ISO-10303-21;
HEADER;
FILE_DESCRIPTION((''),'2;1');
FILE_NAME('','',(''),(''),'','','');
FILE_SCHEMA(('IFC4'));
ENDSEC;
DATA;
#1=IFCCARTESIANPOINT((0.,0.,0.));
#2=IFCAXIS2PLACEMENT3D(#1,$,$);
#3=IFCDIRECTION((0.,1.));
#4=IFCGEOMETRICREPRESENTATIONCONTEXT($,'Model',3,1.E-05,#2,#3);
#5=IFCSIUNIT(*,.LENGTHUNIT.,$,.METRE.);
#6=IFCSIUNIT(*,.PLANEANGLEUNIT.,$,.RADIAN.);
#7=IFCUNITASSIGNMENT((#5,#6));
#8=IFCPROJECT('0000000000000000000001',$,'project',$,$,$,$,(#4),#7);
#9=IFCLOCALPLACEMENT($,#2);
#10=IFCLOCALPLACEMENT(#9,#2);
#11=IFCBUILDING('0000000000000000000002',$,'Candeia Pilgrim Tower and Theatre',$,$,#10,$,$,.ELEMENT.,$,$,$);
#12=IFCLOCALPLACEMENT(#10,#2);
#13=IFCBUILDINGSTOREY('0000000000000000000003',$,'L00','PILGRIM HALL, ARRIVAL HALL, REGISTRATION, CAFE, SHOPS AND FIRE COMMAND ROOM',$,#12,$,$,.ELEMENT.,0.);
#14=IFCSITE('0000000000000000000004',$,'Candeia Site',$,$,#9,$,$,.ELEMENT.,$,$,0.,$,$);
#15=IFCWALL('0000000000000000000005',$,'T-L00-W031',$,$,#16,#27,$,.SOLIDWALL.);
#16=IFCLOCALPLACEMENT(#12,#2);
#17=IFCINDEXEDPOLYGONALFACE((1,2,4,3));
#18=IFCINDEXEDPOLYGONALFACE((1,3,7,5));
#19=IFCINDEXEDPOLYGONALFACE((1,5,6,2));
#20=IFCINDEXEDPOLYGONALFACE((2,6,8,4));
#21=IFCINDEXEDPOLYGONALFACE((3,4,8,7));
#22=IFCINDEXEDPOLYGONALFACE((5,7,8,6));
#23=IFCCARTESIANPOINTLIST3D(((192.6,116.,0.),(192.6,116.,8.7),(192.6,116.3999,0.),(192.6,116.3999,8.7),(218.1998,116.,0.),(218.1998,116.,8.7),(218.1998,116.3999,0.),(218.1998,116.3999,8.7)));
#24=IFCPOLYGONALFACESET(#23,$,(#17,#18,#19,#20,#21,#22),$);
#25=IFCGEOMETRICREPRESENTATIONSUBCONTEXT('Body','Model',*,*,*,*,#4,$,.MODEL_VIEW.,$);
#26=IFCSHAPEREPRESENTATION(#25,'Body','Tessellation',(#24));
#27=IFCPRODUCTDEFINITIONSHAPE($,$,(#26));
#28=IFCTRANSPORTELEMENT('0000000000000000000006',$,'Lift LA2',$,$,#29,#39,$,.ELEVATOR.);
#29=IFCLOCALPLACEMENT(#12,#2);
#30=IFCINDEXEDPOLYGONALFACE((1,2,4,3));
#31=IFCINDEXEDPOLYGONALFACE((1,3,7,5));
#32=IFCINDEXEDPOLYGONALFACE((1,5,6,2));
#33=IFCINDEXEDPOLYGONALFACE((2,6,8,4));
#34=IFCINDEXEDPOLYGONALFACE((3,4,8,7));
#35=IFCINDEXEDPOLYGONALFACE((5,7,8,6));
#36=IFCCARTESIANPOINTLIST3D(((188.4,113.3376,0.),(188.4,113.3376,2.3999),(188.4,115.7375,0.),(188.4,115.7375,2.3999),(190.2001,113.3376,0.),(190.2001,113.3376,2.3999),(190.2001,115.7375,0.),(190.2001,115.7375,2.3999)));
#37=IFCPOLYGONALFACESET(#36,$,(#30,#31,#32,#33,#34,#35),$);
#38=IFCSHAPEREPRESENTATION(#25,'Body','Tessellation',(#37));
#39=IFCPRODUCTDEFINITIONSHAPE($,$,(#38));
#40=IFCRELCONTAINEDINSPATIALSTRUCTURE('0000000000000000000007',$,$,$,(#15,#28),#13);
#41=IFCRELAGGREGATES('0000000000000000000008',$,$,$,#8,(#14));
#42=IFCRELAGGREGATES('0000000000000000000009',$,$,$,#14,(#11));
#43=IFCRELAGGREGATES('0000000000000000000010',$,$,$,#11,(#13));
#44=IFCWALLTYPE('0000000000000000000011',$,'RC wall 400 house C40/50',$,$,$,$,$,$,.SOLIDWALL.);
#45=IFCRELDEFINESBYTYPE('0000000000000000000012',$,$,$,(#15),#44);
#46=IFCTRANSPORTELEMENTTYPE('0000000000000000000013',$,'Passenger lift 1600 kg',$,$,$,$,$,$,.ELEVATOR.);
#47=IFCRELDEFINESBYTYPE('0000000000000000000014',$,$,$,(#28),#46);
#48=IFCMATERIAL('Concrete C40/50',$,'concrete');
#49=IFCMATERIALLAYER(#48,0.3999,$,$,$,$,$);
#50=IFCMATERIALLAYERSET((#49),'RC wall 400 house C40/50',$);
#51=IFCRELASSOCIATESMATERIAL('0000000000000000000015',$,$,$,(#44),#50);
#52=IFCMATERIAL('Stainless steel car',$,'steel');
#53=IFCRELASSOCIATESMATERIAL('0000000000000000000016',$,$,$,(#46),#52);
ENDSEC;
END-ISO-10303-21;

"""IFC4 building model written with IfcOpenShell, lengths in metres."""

from ifc_helpers import new_model, si_unit, direction, frame, frame_2d, origin, origin_2d, place, context, subcontext, project, spatial, rectangle, extrude, material, layer, layer_set, type_object, element, save


model = new_model("IFC4")

# Units and contexts
model_context = context("Model", 3, precision=1e-05, world=origin(), true_north=direction((0.0, 1.0)))
body_context = subcontext(model_context, "Body", "Model", "MODEL_VIEW")
ifc_project = project(units=[si_unit("LENGTHUNIT", "METRE"), si_unit("PLANEANGLEUNIT", "RADIAN")], contexts=[model_context])

# Site, building, storey
site_placement = place(None, origin())
site = spatial("IfcSite", under=ifc_project, at=site_placement, Name="Candeia Site", CompositionType="ELEMENT", RefElevation=0.0)
building_placement = place(site_placement, origin())
building = spatial("IfcBuilding", under=site, at=building_placement, Name="Candeia Pilgrim Tower and Theatre", CompositionType="ELEMENT")
storey_placement = place(building_placement, origin())
storey = spatial("IfcBuildingStorey", under=building, at=storey_placement, Name="L00", Description="PILGRIM HALL, ARRIVAL HALL, REGISTRATION, CAFE, SHOPS AND FIRE COMMAND ROOM", CompositionType="ELEMENT", Elevation=0.0)

# Wall
ifc_material_1 = material(Name="Concrete C40/50", Category="concrete")
ifc_layer_1 = layer(ifc_material_1, 0.3999)
ifc_layer_set_1 = layer_set([ifc_layer_1], Name="RC wall 400 house C40/50")
wall_type_1 = type_object("IfcWallType", Name="RC wall 400 house C40/50", PredefinedType="SOLIDWALL", material=ifc_layer_set_1)
wall_1_placement = place(storey_placement, frame((192.6001, 116.2, 0.0), z_axis=(0.0, 0.0, 1.0), x_axis=(1.0, 0.0, 0.0)))
element("IfcWall", 1, at=wall_1_placement, inside=storey, type_object=wall_type_1, Name="T-L00-W031", PredefinedType="SOLIDWALL", context=body_context, shape_type="SweptSolid", body=[
    extrude(rectangle(XDim=25.5999, YDim=0.3999, at=frame_2d((12.7998, 0.0))), origin(), (0.0, 0.0, 1.0), 8.7),
])

# Transport element
ifc_material_2 = material(Name="Stainless steel car", Category="steel")
transport_element_type = type_object("IfcTransportElementType", Name="Passenger lift 1600 kg", PredefinedType="ELEVATOR", material=ifc_material_2)
transport_element_placement = place(storey_placement, frame((189.3, 114.5376, 0.0), z_axis=(0.0, 0.0, 1.0), x_axis=(1.0, 0.0, 0.0)))
element("IfcTransportElement", 2, at=transport_element_placement, inside=storey, type_object=transport_element_type, Name="Lift LA2", PredefinedType="ELEVATOR", context=body_context, shape_type="SweptSolid", body=[
    extrude(rectangle(XDim=1.8, YDim=2.3999, at=origin_2d()), origin(), (0.0, 0.0, 1.0), 2.3999),
])

save(model, "model.ifc")
